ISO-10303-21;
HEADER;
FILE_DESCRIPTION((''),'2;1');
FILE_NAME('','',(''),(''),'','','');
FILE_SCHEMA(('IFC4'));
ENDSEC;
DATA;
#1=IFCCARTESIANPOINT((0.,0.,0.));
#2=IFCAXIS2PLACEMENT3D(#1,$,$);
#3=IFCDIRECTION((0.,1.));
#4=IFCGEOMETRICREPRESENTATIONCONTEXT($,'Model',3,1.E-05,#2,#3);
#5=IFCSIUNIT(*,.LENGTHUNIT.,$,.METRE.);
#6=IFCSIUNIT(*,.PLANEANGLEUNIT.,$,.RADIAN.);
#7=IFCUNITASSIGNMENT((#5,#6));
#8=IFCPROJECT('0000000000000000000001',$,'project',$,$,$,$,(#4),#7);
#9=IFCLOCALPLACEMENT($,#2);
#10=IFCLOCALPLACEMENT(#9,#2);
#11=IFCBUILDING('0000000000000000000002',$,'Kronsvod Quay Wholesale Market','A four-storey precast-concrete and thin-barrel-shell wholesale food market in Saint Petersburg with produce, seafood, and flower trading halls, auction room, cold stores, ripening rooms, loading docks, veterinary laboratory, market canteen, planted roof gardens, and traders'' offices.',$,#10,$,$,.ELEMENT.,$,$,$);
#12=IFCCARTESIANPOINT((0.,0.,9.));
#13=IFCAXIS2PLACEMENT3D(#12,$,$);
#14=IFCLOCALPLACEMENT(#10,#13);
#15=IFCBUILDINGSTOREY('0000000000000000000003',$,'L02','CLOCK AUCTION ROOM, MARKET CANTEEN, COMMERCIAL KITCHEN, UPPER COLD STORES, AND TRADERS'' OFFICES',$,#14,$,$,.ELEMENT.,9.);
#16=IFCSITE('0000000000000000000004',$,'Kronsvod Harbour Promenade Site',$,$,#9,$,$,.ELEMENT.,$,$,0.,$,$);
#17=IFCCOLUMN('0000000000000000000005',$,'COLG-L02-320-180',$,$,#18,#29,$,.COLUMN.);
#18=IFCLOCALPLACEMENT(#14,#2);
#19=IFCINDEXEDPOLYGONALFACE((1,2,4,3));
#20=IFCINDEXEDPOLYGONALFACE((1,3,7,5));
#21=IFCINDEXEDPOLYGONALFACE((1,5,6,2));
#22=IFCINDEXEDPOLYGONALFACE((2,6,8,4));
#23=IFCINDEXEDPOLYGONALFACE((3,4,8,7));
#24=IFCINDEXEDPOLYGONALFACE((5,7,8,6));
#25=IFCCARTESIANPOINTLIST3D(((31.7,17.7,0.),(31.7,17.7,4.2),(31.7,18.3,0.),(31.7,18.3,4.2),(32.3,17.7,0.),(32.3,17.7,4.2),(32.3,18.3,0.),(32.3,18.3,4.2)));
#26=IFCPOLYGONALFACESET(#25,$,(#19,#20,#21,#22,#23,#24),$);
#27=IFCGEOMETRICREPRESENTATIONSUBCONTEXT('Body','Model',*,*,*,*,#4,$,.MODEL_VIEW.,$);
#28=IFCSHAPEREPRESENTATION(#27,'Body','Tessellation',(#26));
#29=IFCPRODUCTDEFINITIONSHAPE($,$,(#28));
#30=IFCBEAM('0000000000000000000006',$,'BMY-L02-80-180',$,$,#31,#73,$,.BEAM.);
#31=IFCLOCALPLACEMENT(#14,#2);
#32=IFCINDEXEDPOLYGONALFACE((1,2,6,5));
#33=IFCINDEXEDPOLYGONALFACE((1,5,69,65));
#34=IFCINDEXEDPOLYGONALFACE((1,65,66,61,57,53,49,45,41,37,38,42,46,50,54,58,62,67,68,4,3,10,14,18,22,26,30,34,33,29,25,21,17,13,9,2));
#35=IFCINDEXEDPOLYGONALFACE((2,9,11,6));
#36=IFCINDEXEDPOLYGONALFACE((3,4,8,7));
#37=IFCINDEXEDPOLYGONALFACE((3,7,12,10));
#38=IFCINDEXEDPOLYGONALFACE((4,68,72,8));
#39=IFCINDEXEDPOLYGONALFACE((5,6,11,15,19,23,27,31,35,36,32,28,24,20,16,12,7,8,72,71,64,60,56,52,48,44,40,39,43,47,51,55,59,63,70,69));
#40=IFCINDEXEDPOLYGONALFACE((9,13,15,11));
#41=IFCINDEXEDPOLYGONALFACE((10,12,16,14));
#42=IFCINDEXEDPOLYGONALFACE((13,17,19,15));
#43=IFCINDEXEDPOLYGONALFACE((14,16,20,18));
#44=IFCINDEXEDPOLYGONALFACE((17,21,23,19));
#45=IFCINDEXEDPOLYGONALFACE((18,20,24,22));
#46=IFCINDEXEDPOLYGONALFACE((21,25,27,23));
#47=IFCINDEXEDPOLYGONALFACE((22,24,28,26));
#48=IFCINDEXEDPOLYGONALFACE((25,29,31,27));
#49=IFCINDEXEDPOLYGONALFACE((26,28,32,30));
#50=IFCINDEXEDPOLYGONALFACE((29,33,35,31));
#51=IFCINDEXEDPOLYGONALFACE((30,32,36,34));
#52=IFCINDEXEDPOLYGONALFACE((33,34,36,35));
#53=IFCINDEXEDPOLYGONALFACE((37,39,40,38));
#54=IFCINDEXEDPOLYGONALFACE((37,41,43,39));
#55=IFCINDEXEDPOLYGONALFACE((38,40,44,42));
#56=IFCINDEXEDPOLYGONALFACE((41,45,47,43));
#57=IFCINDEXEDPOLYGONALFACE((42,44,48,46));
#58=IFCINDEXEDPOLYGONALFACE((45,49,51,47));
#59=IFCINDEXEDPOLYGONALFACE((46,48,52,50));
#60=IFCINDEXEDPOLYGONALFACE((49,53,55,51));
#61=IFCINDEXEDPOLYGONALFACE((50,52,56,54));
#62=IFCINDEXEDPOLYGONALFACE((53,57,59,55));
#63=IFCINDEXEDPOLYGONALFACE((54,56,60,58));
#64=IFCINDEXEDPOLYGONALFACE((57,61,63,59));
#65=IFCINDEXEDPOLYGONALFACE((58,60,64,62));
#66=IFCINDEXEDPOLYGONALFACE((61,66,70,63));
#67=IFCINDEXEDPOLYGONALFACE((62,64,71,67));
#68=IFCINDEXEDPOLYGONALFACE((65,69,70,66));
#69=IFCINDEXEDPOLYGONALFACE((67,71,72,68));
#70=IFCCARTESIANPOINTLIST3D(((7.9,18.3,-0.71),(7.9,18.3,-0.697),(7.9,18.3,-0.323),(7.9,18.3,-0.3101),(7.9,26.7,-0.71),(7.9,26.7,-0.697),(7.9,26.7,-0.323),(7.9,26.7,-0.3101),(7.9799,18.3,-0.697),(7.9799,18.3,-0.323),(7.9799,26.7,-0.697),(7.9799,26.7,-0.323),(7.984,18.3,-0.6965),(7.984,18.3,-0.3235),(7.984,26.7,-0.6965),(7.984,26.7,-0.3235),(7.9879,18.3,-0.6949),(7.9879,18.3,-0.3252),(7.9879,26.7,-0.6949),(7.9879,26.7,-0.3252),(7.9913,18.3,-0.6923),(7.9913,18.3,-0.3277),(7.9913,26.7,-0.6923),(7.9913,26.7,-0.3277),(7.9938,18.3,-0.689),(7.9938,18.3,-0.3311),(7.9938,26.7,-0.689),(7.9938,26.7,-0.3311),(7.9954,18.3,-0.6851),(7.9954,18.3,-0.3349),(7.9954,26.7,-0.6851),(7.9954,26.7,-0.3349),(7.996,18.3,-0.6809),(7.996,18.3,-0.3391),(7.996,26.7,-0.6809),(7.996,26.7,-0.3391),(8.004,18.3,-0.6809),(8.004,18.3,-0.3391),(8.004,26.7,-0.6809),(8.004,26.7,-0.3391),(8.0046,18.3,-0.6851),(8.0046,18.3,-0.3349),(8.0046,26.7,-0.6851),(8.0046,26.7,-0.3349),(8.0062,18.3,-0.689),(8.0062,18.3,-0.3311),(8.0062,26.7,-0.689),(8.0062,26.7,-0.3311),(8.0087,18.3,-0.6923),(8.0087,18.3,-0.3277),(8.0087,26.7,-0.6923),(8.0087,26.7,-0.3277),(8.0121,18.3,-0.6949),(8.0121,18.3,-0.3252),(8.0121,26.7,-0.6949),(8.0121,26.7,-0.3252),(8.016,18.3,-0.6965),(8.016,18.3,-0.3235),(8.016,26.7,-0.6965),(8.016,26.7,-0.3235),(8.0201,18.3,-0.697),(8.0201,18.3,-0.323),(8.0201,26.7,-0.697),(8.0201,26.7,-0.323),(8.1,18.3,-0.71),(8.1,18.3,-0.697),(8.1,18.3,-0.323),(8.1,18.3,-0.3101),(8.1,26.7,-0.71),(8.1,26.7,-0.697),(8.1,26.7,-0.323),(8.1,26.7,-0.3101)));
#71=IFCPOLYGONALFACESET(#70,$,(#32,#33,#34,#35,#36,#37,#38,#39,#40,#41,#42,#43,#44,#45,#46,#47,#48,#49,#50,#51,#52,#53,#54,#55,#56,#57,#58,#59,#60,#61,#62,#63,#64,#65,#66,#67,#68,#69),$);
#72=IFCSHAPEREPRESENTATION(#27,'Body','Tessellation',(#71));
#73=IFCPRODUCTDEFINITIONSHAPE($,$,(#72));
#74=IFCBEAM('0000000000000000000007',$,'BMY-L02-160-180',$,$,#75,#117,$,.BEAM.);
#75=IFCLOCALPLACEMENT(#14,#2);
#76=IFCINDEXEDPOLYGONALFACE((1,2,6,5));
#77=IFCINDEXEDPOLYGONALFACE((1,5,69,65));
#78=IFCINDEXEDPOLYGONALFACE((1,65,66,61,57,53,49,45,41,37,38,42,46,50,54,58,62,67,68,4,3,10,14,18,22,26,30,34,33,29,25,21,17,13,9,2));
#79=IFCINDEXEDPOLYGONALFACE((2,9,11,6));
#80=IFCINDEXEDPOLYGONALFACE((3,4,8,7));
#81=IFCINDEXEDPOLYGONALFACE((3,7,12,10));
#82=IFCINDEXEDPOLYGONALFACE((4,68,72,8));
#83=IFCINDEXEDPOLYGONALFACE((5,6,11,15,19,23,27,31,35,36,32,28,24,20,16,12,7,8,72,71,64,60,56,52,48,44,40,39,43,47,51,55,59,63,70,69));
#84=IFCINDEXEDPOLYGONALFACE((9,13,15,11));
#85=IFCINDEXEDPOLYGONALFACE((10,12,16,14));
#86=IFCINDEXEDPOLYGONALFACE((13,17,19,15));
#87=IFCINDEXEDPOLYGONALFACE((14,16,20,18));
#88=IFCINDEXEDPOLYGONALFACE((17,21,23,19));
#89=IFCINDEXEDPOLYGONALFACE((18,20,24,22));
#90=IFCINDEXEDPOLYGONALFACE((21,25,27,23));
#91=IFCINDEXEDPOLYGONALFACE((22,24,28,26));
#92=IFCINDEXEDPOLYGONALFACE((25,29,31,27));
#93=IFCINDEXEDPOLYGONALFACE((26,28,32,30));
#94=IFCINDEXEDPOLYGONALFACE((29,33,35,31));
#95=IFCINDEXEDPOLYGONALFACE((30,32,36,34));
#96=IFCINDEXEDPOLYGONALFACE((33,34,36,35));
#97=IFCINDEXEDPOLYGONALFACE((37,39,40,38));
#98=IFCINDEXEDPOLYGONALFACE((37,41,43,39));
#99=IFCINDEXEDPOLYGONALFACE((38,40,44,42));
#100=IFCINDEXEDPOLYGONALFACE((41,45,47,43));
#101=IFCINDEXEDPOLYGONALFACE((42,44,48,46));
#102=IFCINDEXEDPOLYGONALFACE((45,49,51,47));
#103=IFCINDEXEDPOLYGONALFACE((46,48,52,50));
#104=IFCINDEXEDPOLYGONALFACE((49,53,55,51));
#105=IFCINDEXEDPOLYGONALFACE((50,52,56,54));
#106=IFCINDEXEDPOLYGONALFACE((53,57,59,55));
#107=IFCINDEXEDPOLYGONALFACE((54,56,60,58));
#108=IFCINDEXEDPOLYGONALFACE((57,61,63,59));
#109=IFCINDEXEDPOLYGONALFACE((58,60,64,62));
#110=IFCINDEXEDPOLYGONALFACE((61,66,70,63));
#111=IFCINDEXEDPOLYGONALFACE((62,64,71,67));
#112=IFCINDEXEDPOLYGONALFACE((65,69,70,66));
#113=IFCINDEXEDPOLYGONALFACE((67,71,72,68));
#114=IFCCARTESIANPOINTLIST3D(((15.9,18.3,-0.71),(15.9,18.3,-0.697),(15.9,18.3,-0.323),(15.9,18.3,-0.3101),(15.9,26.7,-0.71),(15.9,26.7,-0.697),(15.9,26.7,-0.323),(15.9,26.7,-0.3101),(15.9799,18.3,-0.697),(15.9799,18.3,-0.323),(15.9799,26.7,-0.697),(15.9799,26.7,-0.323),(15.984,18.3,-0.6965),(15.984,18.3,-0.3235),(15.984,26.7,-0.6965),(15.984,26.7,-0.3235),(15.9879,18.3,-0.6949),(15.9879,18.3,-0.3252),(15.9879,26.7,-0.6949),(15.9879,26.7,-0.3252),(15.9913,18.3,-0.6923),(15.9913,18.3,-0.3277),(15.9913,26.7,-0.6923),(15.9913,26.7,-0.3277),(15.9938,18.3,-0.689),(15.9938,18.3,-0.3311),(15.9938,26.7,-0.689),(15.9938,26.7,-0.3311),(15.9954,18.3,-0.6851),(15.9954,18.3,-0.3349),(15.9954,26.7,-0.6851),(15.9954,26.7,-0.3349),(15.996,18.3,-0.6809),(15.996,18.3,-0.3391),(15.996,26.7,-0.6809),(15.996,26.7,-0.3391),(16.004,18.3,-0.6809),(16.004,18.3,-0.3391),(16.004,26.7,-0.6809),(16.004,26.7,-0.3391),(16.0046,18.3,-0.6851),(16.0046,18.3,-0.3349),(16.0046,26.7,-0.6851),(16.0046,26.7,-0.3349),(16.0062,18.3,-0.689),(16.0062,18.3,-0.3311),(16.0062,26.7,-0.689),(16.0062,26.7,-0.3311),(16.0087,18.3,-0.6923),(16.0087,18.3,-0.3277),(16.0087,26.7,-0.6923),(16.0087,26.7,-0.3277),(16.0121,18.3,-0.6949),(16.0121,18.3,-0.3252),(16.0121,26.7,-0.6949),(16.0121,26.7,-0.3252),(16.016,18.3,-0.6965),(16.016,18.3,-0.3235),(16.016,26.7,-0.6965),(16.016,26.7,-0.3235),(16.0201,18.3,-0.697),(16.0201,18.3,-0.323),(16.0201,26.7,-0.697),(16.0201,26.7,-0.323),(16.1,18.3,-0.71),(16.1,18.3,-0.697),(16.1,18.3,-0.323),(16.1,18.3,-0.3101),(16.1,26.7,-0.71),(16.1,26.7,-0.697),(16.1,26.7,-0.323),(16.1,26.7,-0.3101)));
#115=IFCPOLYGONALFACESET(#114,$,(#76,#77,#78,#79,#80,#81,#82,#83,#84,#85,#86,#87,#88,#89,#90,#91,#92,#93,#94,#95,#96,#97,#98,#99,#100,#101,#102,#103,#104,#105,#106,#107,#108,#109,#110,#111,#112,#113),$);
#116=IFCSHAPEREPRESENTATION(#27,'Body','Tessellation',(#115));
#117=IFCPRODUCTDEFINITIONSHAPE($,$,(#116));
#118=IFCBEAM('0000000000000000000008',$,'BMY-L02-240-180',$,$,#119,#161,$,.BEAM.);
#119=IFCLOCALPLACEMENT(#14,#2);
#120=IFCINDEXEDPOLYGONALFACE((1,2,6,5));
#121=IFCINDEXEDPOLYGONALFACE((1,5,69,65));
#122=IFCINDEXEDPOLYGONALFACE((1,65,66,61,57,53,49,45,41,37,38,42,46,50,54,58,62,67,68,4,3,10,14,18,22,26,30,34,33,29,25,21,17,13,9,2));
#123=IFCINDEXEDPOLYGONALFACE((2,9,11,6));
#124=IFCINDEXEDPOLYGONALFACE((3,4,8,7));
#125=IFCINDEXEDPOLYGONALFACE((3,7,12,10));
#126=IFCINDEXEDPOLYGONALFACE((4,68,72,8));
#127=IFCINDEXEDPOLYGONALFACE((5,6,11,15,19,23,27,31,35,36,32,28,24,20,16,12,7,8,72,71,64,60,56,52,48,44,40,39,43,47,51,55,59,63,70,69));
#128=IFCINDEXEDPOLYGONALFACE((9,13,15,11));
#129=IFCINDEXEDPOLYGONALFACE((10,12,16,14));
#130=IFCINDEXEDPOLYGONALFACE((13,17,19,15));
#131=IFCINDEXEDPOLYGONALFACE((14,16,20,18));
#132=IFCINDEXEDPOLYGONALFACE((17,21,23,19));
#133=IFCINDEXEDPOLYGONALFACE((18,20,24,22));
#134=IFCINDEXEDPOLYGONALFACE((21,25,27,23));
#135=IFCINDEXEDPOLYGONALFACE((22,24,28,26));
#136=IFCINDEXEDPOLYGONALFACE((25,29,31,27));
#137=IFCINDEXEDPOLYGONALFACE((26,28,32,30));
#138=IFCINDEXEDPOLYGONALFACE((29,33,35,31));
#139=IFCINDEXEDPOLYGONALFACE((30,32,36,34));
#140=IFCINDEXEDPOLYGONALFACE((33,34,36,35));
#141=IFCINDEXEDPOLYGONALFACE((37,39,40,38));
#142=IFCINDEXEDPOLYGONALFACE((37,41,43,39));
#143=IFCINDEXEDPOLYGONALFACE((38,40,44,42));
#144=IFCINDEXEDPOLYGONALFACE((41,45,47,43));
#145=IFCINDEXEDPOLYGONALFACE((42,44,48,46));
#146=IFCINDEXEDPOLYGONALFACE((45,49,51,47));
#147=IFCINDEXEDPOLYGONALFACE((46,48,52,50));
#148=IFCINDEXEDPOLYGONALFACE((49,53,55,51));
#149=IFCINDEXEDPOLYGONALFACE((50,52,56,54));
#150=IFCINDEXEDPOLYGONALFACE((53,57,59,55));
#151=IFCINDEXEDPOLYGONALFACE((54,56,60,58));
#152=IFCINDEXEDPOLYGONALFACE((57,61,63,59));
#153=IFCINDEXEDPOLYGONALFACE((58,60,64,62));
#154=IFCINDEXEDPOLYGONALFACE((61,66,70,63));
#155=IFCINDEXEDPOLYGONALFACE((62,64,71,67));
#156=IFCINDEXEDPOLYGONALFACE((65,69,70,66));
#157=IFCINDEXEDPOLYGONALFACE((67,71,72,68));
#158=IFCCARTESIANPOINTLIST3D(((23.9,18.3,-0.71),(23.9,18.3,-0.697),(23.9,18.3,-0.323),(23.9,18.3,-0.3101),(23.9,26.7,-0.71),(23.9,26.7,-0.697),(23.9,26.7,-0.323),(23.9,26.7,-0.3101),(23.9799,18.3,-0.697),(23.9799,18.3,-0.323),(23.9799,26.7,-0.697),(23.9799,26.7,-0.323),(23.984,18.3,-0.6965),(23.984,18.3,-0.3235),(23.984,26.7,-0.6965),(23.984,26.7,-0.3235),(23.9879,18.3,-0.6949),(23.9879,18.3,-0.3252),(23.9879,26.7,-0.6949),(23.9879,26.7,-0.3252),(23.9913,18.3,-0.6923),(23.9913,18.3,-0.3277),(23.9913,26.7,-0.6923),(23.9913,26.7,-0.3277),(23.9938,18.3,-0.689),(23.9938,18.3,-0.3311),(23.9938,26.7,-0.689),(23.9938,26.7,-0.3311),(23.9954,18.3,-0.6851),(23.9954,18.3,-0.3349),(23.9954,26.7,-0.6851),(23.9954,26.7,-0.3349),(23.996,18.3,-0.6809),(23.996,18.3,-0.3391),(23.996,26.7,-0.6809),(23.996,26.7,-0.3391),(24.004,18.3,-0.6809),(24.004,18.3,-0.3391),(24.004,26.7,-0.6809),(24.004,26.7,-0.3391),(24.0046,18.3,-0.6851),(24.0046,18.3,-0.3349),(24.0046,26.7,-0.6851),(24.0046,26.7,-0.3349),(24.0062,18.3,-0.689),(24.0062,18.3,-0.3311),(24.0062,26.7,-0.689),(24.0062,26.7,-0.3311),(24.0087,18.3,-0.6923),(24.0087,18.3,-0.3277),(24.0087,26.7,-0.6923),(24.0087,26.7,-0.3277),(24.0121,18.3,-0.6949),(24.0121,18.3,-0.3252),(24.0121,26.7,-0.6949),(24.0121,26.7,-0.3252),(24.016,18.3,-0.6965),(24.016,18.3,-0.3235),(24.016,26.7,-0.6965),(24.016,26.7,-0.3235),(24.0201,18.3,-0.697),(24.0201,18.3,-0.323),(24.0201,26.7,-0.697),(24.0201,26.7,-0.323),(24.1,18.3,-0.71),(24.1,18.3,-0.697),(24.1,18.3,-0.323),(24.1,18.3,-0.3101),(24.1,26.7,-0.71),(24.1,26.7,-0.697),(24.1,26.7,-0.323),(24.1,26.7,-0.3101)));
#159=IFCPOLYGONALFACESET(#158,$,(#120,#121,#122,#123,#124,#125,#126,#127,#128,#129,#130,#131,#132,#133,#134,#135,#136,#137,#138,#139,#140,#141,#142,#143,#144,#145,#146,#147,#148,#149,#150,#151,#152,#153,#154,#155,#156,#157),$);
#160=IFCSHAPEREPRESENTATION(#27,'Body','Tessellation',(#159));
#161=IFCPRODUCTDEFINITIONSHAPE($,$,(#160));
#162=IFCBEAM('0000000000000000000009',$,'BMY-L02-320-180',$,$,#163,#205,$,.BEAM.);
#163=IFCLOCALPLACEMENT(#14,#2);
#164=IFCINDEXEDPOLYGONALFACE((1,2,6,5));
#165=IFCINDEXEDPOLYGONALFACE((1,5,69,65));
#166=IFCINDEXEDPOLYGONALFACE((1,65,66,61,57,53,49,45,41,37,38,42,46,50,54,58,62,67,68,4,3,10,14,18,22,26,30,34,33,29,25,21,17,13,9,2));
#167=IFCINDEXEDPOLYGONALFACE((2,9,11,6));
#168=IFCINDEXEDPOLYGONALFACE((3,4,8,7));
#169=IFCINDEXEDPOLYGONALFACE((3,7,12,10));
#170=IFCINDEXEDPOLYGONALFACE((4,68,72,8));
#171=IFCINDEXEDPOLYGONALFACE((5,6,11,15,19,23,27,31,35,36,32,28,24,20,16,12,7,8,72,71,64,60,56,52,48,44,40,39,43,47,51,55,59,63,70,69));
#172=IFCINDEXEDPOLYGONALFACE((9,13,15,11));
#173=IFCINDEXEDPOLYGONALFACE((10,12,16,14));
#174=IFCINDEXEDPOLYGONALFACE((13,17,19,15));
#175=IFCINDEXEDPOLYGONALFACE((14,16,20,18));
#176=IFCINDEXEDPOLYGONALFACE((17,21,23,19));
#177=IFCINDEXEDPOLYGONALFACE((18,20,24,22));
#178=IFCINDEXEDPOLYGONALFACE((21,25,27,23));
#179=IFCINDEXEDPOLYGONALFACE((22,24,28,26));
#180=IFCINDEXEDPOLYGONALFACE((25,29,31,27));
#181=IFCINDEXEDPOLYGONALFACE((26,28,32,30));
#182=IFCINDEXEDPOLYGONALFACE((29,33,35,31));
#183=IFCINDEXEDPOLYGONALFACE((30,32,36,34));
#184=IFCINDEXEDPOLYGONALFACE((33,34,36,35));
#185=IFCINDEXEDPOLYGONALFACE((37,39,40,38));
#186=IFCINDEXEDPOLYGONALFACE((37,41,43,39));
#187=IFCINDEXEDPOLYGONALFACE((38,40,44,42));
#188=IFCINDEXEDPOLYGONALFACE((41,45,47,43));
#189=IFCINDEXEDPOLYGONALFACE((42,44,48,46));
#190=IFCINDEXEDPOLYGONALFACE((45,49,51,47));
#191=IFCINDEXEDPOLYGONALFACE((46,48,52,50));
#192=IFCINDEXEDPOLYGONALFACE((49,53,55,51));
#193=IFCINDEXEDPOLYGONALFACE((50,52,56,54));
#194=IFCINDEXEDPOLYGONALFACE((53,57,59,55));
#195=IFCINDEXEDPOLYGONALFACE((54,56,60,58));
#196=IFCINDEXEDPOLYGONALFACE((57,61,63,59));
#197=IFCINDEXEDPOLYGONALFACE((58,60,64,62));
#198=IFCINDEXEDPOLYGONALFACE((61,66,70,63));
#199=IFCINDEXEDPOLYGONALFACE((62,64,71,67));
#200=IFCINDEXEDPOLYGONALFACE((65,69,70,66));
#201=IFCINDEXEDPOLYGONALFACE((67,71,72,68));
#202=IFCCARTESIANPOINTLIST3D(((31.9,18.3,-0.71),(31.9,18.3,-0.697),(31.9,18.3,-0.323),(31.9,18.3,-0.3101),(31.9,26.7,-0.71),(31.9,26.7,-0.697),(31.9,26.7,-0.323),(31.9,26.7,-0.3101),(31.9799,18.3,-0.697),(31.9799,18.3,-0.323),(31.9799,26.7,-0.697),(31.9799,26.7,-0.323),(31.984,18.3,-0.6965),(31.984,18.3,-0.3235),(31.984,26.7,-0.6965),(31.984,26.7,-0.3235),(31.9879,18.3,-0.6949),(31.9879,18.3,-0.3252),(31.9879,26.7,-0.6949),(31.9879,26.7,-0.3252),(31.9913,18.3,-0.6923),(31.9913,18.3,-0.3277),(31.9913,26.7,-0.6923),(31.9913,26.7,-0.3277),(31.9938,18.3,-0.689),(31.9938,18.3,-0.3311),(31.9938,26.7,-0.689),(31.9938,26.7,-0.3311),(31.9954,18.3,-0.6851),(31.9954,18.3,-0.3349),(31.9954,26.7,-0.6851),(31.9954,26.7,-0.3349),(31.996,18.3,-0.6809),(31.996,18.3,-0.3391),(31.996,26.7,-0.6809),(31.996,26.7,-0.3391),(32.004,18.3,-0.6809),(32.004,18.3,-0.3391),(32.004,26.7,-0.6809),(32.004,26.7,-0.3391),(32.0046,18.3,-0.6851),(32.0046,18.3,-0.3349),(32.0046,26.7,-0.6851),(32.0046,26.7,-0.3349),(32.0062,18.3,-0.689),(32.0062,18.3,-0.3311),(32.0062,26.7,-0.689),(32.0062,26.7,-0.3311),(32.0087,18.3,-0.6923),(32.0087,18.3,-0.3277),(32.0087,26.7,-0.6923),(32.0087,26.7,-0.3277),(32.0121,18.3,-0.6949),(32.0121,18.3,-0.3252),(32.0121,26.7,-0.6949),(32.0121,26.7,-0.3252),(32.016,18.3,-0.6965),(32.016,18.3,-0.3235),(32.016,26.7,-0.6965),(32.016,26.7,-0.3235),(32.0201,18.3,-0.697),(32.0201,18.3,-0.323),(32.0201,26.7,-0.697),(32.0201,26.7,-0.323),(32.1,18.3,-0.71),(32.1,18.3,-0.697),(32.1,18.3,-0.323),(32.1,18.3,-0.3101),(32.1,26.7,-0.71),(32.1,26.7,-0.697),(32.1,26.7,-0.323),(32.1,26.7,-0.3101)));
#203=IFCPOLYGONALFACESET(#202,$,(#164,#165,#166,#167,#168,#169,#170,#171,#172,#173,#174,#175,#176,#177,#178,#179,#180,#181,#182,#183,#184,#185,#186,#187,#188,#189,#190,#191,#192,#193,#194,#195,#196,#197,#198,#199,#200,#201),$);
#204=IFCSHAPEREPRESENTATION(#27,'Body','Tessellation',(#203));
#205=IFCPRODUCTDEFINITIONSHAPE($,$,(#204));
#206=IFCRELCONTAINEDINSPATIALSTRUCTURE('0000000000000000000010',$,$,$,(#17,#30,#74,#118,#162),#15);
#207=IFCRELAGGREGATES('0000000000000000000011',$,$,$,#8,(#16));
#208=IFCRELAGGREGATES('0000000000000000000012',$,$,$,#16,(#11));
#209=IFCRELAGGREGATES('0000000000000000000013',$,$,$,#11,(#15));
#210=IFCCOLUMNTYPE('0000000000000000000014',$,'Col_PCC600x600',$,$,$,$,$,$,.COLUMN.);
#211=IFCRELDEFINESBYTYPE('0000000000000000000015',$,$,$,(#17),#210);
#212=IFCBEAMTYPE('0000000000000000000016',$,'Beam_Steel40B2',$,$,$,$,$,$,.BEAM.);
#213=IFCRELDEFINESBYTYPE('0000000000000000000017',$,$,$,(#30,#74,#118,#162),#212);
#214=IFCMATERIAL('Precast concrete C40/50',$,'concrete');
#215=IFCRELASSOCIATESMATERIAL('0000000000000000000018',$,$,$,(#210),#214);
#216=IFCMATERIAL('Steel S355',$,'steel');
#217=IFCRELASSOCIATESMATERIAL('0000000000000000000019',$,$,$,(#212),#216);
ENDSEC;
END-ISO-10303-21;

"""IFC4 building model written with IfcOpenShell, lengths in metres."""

from ifc_helpers import new_model, si_unit, direction, frame, origin, origin_2d, place, context, subcontext, project, spatial, rectangle, i_section, extrude, material, material_profile, profile_set, type_object, element, save


model = new_model("IFC4")

# Units and contexts
model_context = context("Model", 3, precision=1e-05, world=origin(), true_north=direction((0.0, 1.0)))
body_context = subcontext(model_context, "Body", "Model", "MODEL_VIEW")
ifc_project = project(units=[si_unit("LENGTHUNIT", "METRE"), si_unit("PLANEANGLEUNIT", "RADIAN")], contexts=[model_context])

# Site, building, storey
site_placement = place(None, origin())
site = spatial("IfcSite", under=ifc_project, at=site_placement, Name="Kronsvod Harbour Promenade Site", CompositionType="ELEMENT", RefElevation=0.0)
building_placement = place(site_placement, origin())
building = spatial("IfcBuilding", under=site, at=building_placement, Name="Kronsvod Quay Wholesale Market", Description="A four-storey precast-concrete and thin-barrel-shell wholesale food market in Saint Petersburg with produce, seafood, and flower trading halls, auction room, cold stores, ripening rooms, loading docks, veterinary laboratory, market canteen, planted roof gardens, and traders' offices.", CompositionType="ELEMENT")
storey_placement = place(building_placement, frame((0.0, 0.0, 9.0)))
storey = spatial("IfcBuildingStorey", under=building, at=storey_placement, Name="L02", Description="CLOCK AUCTION ROOM, MARKET CANTEEN, COMMERCIAL KITCHEN, UPPER COLD STORES, AND TRADERS' OFFICES", CompositionType="ELEMENT", Elevation=9.0)

# Column
ifc_material_1 = material(Name="Precast concrete C40/50", Category="concrete")
ifc_material_profile_1 = material_profile(ifc_material_1, rectangle(XDim=0.6001, YDim=0.6001, at=origin_2d()), Name="PCC600x600")
ifc_profile_set_1 = profile_set([ifc_material_profile_1], Name="Precast concrete C40/50")
column_type = type_object("IfcColumnType", Name="Col_PCC600x600", PredefinedType="COLUMN", material=ifc_profile_set_1)
column_placement = place(storey_placement, frame((32.0, 18.0, 0.0), z_axis=(0.0, 0.0, 1.0), x_axis=(1.0, 0.0, 0.0)))
element("IfcColumn", 1, at=column_placement, inside=storey, type_object=column_type, Name="COLG-L02-320-180", PredefinedType="COLUMN", context=body_context, shape_type="SweptSolid", body=[
    extrude(rectangle(XDim=0.6001, YDim=0.6001, at=origin_2d()), origin(), (0.0, 0.0, 1.0), 4.2),
])

# Beams
ifc_material_2 = material(Name="Steel S355", Category="steel")
ifc_material_profile_2 = material_profile(ifc_material_2, i_section(OverallWidth=0.2, OverallDepth=0.3999, WebThickness=0.0081, FlangeThickness=0.0129, FilletRadius=0.0161, at=origin_2d()), Name="40B2")
ifc_profile_set_2 = profile_set([ifc_material_profile_2], Name="Steel S355")
beam_type_1 = type_object("IfcBeamType", Name="Beam_Steel40B2", PredefinedType="BEAM", material=ifc_profile_set_2)
for number, where, z_axis, x_axis, name in (
    (2, (8.0, 18.3, -0.51), (0.0, 1.0, 0.0), (-1.0, 0.0, 0.0), "BMY-L02-80-180"),
    (3, (16.0, 18.3, -0.51), (0.0, 1.0, 0.0), (-1.0, 0.0, 0.0), "BMY-L02-160-180"),
    (4, (24.0, 18.3, -0.51), (0.0, 1.0, 0.0), (-1.0, 0.0, 0.0), "BMY-L02-240-180"),
    (5, (32.0, 18.3, -0.51), (0.0, 1.0, 0.0), (-1.0, 0.0, 0.0), "BMY-L02-320-180"),
):
    element("IfcBeam", number, at=place(storey_placement, frame(where, z_axis=z_axis, x_axis=x_axis)), inside=storey, type_object=beam_type_1, Name=name, PredefinedType="BEAM", context=body_context, shape_type="SweptSolid", body=[
        extrude(i_section(OverallWidth=0.2, OverallDepth=0.3999, WebThickness=0.0081, FlangeThickness=0.0129, FilletRadius=0.0161, at=origin_2d()), origin(), (0.0, 0.0, 1.0), 8.3999),
    ])

save(model, "model.ifc")
